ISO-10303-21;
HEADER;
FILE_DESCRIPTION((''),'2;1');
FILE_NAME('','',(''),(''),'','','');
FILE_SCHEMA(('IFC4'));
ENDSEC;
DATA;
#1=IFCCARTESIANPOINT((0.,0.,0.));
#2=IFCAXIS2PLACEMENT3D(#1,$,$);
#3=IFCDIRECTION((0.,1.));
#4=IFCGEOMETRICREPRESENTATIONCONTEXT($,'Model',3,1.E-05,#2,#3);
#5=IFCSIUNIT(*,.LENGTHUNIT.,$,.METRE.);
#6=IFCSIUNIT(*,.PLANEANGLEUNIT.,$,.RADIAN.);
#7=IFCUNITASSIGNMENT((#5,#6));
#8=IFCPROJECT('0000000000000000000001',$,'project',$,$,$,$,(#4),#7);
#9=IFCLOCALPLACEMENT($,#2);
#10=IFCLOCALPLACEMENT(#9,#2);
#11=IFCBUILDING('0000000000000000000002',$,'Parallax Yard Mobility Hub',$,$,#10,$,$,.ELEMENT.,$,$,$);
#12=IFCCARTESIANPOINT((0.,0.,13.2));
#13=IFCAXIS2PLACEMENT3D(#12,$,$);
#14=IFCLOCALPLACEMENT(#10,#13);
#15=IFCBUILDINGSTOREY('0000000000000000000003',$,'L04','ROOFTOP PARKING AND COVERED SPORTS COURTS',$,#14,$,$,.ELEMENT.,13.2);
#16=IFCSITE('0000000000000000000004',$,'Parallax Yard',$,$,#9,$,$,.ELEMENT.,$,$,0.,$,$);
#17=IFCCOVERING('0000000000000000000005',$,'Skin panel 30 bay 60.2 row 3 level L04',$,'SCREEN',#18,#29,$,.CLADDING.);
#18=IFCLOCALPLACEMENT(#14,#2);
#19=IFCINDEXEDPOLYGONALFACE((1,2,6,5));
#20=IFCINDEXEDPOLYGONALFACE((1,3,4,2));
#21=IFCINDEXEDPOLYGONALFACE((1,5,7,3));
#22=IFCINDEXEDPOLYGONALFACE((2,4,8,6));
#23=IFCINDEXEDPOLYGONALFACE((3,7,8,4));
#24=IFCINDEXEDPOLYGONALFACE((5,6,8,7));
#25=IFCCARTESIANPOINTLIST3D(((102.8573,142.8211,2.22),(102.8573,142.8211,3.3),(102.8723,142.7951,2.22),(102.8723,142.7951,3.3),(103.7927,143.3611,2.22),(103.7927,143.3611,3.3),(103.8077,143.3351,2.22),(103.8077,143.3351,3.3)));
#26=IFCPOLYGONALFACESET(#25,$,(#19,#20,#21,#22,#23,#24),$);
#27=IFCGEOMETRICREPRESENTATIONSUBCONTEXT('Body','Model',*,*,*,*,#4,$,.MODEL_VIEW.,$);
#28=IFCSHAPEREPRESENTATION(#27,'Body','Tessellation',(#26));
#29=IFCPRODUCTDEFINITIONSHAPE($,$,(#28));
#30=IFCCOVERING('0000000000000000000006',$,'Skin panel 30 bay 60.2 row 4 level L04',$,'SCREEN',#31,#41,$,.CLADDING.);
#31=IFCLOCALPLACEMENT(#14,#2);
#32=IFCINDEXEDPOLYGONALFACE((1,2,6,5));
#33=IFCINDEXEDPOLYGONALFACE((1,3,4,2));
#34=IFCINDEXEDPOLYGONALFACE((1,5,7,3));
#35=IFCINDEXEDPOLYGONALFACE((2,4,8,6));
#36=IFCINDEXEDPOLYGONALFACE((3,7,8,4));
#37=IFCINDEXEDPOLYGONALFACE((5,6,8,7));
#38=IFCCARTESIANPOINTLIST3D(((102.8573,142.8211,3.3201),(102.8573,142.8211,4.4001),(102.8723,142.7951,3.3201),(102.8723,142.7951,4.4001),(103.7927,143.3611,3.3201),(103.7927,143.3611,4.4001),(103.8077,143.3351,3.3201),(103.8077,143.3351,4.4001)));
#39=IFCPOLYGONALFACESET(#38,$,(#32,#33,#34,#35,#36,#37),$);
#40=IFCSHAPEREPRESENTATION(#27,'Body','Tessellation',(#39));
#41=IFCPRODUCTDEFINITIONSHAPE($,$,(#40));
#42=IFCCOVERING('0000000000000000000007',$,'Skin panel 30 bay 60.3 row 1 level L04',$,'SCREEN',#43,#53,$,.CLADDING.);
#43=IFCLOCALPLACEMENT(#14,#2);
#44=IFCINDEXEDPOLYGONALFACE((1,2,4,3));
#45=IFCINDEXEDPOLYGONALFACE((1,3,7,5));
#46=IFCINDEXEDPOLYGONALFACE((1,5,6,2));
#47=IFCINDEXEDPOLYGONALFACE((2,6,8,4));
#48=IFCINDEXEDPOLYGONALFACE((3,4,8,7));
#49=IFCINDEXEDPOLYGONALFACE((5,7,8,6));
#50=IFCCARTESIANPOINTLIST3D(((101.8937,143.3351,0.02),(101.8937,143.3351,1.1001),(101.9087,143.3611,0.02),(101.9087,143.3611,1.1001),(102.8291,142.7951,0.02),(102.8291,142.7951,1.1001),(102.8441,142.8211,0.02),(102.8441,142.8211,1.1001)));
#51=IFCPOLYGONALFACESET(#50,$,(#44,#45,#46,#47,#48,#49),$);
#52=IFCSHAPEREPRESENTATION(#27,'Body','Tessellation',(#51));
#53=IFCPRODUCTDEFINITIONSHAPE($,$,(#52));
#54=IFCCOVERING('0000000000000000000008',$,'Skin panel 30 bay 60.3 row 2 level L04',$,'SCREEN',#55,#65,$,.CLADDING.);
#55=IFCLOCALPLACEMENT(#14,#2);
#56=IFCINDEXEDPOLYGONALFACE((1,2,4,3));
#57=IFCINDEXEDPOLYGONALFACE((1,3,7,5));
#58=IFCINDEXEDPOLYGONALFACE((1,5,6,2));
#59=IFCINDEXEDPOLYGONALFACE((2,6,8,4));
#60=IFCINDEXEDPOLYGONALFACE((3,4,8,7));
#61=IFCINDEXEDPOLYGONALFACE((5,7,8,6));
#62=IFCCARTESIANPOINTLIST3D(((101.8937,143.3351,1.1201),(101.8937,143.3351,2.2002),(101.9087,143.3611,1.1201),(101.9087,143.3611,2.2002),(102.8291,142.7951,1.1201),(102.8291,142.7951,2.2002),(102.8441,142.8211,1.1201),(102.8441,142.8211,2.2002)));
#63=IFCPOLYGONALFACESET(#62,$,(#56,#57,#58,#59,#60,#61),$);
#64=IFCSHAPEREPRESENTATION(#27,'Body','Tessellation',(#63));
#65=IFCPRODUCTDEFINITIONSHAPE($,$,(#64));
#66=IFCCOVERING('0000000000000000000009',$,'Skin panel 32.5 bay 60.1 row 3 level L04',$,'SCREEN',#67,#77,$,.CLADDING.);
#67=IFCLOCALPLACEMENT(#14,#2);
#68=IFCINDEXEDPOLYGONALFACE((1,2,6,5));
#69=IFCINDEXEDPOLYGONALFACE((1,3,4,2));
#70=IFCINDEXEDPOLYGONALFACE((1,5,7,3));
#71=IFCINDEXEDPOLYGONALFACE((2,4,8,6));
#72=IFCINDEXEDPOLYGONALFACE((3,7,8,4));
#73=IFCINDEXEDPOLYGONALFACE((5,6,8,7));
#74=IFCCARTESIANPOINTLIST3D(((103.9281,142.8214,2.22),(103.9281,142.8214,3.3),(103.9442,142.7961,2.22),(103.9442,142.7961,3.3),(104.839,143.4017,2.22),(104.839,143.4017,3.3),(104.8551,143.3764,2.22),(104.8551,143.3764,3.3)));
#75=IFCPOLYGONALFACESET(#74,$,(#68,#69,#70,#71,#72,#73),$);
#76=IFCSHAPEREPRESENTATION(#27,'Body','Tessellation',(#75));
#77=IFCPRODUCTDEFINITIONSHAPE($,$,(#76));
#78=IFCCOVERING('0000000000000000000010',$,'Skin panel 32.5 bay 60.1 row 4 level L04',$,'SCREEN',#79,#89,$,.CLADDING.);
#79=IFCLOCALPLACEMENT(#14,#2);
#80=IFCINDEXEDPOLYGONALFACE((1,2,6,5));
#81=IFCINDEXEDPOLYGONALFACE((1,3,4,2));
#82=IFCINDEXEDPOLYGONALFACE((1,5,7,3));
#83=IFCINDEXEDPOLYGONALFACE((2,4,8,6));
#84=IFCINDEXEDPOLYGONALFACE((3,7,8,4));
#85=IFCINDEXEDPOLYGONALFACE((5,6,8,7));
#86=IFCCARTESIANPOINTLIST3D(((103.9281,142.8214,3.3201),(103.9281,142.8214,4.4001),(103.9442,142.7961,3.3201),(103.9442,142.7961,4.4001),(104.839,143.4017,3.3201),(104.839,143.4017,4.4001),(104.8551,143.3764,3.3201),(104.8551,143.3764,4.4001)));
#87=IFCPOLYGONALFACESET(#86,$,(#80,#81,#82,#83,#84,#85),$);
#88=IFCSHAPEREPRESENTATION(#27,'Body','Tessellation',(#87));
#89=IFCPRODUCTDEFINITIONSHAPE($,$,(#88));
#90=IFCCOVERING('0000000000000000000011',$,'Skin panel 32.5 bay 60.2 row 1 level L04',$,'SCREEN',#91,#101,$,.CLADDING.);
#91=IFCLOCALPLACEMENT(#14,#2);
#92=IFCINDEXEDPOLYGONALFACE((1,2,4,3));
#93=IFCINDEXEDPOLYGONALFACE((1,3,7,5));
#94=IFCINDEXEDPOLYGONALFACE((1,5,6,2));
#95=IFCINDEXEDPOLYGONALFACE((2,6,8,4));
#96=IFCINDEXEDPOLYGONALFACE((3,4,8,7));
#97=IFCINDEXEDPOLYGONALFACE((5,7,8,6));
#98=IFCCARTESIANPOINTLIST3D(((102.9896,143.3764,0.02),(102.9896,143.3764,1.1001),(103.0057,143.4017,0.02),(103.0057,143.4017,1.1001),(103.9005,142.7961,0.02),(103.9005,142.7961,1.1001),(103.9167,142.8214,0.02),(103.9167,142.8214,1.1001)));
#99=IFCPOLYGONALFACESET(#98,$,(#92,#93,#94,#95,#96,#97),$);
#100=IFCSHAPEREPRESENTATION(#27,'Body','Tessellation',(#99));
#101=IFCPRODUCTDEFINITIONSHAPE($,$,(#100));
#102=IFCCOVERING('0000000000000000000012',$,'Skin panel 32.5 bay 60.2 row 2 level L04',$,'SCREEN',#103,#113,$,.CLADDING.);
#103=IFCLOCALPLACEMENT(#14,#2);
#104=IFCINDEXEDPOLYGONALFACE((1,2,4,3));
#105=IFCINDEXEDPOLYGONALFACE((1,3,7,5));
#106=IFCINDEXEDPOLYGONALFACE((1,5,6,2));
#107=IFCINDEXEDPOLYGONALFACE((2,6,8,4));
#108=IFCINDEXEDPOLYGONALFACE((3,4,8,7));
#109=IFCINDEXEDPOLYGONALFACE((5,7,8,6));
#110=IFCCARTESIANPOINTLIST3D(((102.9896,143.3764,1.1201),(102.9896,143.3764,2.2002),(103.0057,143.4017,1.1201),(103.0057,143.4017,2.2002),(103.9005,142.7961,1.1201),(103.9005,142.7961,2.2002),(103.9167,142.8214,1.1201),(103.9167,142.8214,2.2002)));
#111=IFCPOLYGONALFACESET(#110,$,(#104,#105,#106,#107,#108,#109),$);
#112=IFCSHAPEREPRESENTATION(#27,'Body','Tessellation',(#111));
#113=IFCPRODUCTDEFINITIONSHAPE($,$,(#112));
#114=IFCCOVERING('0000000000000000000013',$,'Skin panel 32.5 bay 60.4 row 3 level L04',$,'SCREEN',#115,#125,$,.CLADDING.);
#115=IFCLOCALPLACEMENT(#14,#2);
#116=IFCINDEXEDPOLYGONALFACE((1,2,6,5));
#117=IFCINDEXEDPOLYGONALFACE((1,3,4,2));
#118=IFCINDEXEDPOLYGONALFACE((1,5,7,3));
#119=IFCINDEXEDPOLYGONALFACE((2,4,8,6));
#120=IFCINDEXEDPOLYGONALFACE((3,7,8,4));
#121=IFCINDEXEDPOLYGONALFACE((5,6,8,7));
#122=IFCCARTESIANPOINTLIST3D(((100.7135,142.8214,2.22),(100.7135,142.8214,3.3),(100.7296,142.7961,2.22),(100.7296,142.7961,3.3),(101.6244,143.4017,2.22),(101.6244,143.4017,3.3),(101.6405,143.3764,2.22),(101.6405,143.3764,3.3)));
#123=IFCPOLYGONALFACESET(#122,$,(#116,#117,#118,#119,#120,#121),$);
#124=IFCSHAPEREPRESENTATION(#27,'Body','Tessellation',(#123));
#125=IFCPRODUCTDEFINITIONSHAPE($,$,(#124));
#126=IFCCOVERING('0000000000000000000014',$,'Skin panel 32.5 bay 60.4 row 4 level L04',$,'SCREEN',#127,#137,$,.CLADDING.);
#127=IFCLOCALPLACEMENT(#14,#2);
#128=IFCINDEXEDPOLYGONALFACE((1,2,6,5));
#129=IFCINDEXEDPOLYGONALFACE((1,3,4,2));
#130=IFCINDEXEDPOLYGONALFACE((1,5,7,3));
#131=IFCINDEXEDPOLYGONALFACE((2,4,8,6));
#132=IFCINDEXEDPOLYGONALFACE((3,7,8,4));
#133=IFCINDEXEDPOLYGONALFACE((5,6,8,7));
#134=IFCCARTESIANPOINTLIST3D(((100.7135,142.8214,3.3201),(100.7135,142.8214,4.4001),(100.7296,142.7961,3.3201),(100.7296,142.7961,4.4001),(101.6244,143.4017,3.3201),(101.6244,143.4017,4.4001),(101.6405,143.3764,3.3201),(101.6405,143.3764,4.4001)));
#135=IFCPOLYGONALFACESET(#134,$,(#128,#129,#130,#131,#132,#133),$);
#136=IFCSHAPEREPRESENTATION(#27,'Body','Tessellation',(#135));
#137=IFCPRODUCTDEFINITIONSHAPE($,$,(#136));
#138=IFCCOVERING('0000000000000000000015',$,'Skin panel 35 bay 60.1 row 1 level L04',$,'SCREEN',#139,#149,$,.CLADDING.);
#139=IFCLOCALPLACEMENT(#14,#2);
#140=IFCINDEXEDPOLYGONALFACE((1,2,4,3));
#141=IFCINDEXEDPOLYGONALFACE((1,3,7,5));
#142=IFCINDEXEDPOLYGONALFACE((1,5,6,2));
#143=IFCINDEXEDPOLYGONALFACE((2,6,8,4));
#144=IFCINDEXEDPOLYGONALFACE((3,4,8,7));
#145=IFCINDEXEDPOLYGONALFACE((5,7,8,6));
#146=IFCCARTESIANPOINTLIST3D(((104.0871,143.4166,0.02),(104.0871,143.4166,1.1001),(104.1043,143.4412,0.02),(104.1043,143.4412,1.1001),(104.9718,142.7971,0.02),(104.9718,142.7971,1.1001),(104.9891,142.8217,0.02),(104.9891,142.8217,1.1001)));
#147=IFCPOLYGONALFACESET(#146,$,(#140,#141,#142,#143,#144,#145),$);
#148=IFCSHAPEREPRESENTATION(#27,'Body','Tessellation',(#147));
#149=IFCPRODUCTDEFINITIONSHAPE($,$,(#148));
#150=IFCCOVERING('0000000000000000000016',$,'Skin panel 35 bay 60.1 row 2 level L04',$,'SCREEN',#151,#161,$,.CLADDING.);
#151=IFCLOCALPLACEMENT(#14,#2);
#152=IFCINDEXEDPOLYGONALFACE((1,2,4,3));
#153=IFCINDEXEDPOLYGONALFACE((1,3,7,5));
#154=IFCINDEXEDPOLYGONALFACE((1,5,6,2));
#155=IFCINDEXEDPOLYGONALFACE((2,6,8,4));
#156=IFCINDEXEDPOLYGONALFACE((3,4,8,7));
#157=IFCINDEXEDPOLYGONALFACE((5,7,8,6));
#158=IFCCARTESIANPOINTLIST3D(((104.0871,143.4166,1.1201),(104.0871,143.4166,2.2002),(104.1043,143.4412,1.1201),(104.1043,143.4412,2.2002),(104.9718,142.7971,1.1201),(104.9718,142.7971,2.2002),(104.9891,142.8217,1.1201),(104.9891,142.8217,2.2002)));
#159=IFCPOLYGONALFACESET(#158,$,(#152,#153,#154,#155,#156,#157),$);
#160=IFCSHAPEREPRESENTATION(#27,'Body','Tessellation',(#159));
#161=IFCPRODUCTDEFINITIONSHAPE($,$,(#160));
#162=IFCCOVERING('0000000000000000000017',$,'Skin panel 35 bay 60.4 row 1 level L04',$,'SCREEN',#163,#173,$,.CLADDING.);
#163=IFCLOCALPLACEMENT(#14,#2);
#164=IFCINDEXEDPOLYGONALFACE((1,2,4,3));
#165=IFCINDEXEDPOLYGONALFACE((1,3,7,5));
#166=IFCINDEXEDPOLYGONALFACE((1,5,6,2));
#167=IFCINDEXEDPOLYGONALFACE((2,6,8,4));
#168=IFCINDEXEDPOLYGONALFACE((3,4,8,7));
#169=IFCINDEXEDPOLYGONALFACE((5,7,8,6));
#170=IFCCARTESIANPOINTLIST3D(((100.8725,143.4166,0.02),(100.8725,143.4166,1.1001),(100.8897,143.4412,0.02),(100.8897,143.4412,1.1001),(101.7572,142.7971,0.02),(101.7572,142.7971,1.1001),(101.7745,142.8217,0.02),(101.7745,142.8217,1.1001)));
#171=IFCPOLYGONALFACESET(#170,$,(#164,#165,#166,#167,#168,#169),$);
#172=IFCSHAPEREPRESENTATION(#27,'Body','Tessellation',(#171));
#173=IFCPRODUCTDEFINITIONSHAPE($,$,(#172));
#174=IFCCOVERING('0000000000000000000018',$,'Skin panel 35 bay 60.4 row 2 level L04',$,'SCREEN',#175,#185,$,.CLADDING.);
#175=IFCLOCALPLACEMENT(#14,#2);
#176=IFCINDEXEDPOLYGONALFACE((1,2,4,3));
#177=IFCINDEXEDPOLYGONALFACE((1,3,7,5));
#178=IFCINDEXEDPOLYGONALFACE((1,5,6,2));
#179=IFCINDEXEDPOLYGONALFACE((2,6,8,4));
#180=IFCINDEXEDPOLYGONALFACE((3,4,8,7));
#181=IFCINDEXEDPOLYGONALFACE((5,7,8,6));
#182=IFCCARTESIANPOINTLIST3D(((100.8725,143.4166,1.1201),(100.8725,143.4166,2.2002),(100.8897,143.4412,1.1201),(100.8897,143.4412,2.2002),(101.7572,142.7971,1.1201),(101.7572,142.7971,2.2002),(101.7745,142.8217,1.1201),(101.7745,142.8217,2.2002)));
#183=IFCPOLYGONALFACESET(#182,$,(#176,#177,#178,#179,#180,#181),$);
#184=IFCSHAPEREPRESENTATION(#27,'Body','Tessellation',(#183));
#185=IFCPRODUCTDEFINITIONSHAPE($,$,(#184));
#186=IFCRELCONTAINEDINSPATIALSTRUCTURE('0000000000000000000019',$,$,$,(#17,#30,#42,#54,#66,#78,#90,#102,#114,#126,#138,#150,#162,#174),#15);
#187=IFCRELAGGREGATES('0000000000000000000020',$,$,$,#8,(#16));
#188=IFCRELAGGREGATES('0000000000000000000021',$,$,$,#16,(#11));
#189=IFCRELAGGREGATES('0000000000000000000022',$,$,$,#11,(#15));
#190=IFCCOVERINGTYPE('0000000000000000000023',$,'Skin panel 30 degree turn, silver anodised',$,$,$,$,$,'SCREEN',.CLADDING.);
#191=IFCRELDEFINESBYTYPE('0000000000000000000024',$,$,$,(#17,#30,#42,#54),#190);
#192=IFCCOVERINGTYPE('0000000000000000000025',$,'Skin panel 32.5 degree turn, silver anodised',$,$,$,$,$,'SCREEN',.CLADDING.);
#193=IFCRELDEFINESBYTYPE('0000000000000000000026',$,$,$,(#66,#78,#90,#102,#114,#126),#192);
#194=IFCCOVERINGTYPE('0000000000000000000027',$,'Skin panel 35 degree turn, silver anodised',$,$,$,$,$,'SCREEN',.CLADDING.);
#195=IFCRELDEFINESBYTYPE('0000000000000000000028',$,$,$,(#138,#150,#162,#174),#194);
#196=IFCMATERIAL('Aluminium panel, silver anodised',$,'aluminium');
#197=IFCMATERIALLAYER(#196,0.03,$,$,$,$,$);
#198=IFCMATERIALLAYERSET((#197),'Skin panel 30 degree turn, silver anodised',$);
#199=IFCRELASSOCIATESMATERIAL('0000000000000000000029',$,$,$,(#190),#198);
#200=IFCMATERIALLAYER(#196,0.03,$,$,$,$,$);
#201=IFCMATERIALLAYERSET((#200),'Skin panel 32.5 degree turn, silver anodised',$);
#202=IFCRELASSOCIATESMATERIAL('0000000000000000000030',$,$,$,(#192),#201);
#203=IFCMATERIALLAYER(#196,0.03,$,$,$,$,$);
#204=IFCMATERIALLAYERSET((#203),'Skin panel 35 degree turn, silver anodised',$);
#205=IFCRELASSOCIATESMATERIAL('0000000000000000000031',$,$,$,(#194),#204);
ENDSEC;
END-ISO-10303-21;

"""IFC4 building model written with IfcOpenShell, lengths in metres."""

from ifc_helpers import new_model, si_unit, direction, frame, origin, origin_2d, place, context, subcontext, project, spatial, rectangle, extrude, material, layer, layer_set, type_object, element, save


model = new_model("IFC4")

# Units and contexts
model_context = context("Model", 3, precision=1e-05, world=origin(), true_north=direction((0.0, 1.0)))
body_context = subcontext(model_context, "Body", "Model", "MODEL_VIEW")
ifc_project = project(units=[si_unit("LENGTHUNIT", "METRE"), si_unit("PLANEANGLEUNIT", "RADIAN")], contexts=[model_context])

# Site, building, storey
site_placement = place(None, origin())
site = spatial("IfcSite", under=ifc_project, at=site_placement, Name="Parallax Yard", CompositionType="ELEMENT", RefElevation=0.0)
building_placement = place(site_placement, origin())
building = spatial("IfcBuilding", under=site, at=building_placement, Name="Parallax Yard Mobility Hub", CompositionType="ELEMENT")
storey_placement = place(building_placement, frame((0.0, 0.0, 13.2)))
storey = spatial("IfcBuildingStorey", under=building, at=storey_placement, Name="L04", Description="ROOFTOP PARKING AND COVERED SPORTS COURTS", CompositionType="ELEMENT", Elevation=13.2)

# Coverings
ifc_material_1 = material(Name="Aluminium panel, silver anodised", Category="aluminium")
ifc_layer_1 = layer(ifc_material_1, 0.03)
ifc_layer_set_1 = layer_set([ifc_layer_1], Name="Skin panel 30 degree turn, silver anodised")
covering_type_1 = type_object("IfcCoveringType", Name="Skin panel 30 degree turn, silver anodised", ElementType="SCREEN", PredefinedType="CLADDING", material=ifc_layer_set_1)
for number, where, z_axis, x_axis, name in (
    (1, (103.3325, 143.0781, 2.22), (0.0, 0.0, 1.0), (0.866025, 0.5, 0.0), "Skin panel 30 bay 60.2 row 3 level L04"),
    (2, (103.3325, 143.0781, 3.3201), (0.0, 0.0, 1.0), (0.866025, 0.5, 0.0), "Skin panel 30 bay 60.2 row 4 level L04"),
    (3, (102.3689, 143.0781, 0.02), (0.0, 0.0, 1.0), (-0.866025, 0.5, 0.0), "Skin panel 30 bay 60.3 row 1 level L04"),
    (4, (102.3689, 143.0781, 1.1201), (0.0, 0.0, 1.0), (-0.866025, 0.5, 0.0), "Skin panel 30 bay 60.3 row 2 level L04"),
):
    element("IfcCovering", number, at=place(storey_placement, frame(where, z_axis=z_axis, x_axis=x_axis)), inside=storey, type_object=covering_type_1, Name=name, ObjectType="SCREEN", PredefinedType="CLADDING", context=body_context, shape_type="SweptSolid", body=[
        extrude(rectangle(XDim=1.0801, YDim=0.03, at=origin_2d()), origin(), (0.0, 0.0, 1.0), 1.0801),
    ])
ifc_layer_2 = layer(ifc_material_1, 0.03)
ifc_layer_set_2 = layer_set([ifc_layer_2], Name="Skin panel 32.5 degree turn, silver anodised")
covering_type_2 = type_object("IfcCoveringType", Name="Skin panel 32.5 degree turn, silver anodised", ElementType="SCREEN", PredefinedType="CLADDING", material=ifc_layer_set_2)
for number, where, z_axis, x_axis, name in (
    (5, (104.3916, 143.0989, 2.22), (0.0, 0.0, 1.0), (0.843391, 0.5373, 0.0), "Skin panel 32.5 bay 60.1 row 3 level L04"),
    (6, (104.3916, 143.0989, 3.3201), (0.0, 0.0, 1.0), (0.843391, 0.5373, 0.0), "Skin panel 32.5 bay 60.1 row 4 level L04"),
    (7, (103.4531, 143.0989, 0.02), (0.0, 0.0, 1.0), (-0.843391, 0.5373, 0.0), "Skin panel 32.5 bay 60.2 row 1 level L04"),
    (8, (103.4531, 143.0989, 1.1201), (0.0, 0.0, 1.0), (-0.843391, 0.5373, 0.0), "Skin panel 32.5 bay 60.2 row 2 level L04"),
    (9, (101.177, 143.0989, 2.22), (0.0, 0.0, 1.0), (0.843391, 0.5373, 0.0), "Skin panel 32.5 bay 60.4 row 3 level L04"),
    (10, (101.177, 143.0989, 3.3201), (0.0, 0.0, 1.0), (0.843391, 0.5373, 0.0), "Skin panel 32.5 bay 60.4 row 4 level L04"),
):
    element("IfcCovering", number, at=place(storey_placement, frame(where, z_axis=z_axis, x_axis=x_axis)), inside=storey, type_object=covering_type_2, Name=name, ObjectType="SCREEN", PredefinedType="CLADDING", context=body_context, shape_type="SweptSolid", body=[
        extrude(rectangle(XDim=1.0801, YDim=0.03, at=origin_2d()), origin(), (0.0, 0.0, 1.0), 1.0801),
    ])
ifc_layer_3 = layer(ifc_material_1, 0.03)
ifc_layer_set_3 = layer_set([ifc_layer_3], Name="Skin panel 35 degree turn, silver anodised")
covering_type_3 = type_object("IfcCoveringType", Name="Skin panel 35 degree turn, silver anodised", ElementType="SCREEN", PredefinedType="CLADDING", material=ifc_layer_set_3)
for number, where, z_axis, x_axis, name in (
    (11, (104.5381, 143.1191, 0.02), (0.0, 0.0, 1.0), (-0.819152, 0.573576, 0.0), "Skin panel 35 bay 60.1 row 1 level L04"),
    (12, (104.5381, 143.1191, 1.1201), (0.0, 0.0, 1.0), (-0.819152, 0.573576, 0.0), "Skin panel 35 bay 60.1 row 2 level L04"),
    (13, (101.3235, 143.1191, 0.02), (0.0, 0.0, 1.0), (-0.819152, 0.573576, 0.0), "Skin panel 35 bay 60.4 row 1 level L04"),
    (14, (101.3235, 143.1191, 1.1201), (0.0, 0.0, 1.0), (-0.819152, 0.573576, 0.0), "Skin panel 35 bay 60.4 row 2 level L04"),
):
    element("IfcCovering", number, at=place(storey_placement, frame(where, z_axis=z_axis, x_axis=x_axis)), inside=storey, type_object=covering_type_3, Name=name, ObjectType="SCREEN", PredefinedType="CLADDING", context=body_context, shape_type="SweptSolid", body=[
        extrude(rectangle(XDim=1.0801, YDim=0.03, at=origin_2d()), origin(), (0.0, 0.0, 1.0), 1.0801),
    ])

save(model, "model.ifc")
